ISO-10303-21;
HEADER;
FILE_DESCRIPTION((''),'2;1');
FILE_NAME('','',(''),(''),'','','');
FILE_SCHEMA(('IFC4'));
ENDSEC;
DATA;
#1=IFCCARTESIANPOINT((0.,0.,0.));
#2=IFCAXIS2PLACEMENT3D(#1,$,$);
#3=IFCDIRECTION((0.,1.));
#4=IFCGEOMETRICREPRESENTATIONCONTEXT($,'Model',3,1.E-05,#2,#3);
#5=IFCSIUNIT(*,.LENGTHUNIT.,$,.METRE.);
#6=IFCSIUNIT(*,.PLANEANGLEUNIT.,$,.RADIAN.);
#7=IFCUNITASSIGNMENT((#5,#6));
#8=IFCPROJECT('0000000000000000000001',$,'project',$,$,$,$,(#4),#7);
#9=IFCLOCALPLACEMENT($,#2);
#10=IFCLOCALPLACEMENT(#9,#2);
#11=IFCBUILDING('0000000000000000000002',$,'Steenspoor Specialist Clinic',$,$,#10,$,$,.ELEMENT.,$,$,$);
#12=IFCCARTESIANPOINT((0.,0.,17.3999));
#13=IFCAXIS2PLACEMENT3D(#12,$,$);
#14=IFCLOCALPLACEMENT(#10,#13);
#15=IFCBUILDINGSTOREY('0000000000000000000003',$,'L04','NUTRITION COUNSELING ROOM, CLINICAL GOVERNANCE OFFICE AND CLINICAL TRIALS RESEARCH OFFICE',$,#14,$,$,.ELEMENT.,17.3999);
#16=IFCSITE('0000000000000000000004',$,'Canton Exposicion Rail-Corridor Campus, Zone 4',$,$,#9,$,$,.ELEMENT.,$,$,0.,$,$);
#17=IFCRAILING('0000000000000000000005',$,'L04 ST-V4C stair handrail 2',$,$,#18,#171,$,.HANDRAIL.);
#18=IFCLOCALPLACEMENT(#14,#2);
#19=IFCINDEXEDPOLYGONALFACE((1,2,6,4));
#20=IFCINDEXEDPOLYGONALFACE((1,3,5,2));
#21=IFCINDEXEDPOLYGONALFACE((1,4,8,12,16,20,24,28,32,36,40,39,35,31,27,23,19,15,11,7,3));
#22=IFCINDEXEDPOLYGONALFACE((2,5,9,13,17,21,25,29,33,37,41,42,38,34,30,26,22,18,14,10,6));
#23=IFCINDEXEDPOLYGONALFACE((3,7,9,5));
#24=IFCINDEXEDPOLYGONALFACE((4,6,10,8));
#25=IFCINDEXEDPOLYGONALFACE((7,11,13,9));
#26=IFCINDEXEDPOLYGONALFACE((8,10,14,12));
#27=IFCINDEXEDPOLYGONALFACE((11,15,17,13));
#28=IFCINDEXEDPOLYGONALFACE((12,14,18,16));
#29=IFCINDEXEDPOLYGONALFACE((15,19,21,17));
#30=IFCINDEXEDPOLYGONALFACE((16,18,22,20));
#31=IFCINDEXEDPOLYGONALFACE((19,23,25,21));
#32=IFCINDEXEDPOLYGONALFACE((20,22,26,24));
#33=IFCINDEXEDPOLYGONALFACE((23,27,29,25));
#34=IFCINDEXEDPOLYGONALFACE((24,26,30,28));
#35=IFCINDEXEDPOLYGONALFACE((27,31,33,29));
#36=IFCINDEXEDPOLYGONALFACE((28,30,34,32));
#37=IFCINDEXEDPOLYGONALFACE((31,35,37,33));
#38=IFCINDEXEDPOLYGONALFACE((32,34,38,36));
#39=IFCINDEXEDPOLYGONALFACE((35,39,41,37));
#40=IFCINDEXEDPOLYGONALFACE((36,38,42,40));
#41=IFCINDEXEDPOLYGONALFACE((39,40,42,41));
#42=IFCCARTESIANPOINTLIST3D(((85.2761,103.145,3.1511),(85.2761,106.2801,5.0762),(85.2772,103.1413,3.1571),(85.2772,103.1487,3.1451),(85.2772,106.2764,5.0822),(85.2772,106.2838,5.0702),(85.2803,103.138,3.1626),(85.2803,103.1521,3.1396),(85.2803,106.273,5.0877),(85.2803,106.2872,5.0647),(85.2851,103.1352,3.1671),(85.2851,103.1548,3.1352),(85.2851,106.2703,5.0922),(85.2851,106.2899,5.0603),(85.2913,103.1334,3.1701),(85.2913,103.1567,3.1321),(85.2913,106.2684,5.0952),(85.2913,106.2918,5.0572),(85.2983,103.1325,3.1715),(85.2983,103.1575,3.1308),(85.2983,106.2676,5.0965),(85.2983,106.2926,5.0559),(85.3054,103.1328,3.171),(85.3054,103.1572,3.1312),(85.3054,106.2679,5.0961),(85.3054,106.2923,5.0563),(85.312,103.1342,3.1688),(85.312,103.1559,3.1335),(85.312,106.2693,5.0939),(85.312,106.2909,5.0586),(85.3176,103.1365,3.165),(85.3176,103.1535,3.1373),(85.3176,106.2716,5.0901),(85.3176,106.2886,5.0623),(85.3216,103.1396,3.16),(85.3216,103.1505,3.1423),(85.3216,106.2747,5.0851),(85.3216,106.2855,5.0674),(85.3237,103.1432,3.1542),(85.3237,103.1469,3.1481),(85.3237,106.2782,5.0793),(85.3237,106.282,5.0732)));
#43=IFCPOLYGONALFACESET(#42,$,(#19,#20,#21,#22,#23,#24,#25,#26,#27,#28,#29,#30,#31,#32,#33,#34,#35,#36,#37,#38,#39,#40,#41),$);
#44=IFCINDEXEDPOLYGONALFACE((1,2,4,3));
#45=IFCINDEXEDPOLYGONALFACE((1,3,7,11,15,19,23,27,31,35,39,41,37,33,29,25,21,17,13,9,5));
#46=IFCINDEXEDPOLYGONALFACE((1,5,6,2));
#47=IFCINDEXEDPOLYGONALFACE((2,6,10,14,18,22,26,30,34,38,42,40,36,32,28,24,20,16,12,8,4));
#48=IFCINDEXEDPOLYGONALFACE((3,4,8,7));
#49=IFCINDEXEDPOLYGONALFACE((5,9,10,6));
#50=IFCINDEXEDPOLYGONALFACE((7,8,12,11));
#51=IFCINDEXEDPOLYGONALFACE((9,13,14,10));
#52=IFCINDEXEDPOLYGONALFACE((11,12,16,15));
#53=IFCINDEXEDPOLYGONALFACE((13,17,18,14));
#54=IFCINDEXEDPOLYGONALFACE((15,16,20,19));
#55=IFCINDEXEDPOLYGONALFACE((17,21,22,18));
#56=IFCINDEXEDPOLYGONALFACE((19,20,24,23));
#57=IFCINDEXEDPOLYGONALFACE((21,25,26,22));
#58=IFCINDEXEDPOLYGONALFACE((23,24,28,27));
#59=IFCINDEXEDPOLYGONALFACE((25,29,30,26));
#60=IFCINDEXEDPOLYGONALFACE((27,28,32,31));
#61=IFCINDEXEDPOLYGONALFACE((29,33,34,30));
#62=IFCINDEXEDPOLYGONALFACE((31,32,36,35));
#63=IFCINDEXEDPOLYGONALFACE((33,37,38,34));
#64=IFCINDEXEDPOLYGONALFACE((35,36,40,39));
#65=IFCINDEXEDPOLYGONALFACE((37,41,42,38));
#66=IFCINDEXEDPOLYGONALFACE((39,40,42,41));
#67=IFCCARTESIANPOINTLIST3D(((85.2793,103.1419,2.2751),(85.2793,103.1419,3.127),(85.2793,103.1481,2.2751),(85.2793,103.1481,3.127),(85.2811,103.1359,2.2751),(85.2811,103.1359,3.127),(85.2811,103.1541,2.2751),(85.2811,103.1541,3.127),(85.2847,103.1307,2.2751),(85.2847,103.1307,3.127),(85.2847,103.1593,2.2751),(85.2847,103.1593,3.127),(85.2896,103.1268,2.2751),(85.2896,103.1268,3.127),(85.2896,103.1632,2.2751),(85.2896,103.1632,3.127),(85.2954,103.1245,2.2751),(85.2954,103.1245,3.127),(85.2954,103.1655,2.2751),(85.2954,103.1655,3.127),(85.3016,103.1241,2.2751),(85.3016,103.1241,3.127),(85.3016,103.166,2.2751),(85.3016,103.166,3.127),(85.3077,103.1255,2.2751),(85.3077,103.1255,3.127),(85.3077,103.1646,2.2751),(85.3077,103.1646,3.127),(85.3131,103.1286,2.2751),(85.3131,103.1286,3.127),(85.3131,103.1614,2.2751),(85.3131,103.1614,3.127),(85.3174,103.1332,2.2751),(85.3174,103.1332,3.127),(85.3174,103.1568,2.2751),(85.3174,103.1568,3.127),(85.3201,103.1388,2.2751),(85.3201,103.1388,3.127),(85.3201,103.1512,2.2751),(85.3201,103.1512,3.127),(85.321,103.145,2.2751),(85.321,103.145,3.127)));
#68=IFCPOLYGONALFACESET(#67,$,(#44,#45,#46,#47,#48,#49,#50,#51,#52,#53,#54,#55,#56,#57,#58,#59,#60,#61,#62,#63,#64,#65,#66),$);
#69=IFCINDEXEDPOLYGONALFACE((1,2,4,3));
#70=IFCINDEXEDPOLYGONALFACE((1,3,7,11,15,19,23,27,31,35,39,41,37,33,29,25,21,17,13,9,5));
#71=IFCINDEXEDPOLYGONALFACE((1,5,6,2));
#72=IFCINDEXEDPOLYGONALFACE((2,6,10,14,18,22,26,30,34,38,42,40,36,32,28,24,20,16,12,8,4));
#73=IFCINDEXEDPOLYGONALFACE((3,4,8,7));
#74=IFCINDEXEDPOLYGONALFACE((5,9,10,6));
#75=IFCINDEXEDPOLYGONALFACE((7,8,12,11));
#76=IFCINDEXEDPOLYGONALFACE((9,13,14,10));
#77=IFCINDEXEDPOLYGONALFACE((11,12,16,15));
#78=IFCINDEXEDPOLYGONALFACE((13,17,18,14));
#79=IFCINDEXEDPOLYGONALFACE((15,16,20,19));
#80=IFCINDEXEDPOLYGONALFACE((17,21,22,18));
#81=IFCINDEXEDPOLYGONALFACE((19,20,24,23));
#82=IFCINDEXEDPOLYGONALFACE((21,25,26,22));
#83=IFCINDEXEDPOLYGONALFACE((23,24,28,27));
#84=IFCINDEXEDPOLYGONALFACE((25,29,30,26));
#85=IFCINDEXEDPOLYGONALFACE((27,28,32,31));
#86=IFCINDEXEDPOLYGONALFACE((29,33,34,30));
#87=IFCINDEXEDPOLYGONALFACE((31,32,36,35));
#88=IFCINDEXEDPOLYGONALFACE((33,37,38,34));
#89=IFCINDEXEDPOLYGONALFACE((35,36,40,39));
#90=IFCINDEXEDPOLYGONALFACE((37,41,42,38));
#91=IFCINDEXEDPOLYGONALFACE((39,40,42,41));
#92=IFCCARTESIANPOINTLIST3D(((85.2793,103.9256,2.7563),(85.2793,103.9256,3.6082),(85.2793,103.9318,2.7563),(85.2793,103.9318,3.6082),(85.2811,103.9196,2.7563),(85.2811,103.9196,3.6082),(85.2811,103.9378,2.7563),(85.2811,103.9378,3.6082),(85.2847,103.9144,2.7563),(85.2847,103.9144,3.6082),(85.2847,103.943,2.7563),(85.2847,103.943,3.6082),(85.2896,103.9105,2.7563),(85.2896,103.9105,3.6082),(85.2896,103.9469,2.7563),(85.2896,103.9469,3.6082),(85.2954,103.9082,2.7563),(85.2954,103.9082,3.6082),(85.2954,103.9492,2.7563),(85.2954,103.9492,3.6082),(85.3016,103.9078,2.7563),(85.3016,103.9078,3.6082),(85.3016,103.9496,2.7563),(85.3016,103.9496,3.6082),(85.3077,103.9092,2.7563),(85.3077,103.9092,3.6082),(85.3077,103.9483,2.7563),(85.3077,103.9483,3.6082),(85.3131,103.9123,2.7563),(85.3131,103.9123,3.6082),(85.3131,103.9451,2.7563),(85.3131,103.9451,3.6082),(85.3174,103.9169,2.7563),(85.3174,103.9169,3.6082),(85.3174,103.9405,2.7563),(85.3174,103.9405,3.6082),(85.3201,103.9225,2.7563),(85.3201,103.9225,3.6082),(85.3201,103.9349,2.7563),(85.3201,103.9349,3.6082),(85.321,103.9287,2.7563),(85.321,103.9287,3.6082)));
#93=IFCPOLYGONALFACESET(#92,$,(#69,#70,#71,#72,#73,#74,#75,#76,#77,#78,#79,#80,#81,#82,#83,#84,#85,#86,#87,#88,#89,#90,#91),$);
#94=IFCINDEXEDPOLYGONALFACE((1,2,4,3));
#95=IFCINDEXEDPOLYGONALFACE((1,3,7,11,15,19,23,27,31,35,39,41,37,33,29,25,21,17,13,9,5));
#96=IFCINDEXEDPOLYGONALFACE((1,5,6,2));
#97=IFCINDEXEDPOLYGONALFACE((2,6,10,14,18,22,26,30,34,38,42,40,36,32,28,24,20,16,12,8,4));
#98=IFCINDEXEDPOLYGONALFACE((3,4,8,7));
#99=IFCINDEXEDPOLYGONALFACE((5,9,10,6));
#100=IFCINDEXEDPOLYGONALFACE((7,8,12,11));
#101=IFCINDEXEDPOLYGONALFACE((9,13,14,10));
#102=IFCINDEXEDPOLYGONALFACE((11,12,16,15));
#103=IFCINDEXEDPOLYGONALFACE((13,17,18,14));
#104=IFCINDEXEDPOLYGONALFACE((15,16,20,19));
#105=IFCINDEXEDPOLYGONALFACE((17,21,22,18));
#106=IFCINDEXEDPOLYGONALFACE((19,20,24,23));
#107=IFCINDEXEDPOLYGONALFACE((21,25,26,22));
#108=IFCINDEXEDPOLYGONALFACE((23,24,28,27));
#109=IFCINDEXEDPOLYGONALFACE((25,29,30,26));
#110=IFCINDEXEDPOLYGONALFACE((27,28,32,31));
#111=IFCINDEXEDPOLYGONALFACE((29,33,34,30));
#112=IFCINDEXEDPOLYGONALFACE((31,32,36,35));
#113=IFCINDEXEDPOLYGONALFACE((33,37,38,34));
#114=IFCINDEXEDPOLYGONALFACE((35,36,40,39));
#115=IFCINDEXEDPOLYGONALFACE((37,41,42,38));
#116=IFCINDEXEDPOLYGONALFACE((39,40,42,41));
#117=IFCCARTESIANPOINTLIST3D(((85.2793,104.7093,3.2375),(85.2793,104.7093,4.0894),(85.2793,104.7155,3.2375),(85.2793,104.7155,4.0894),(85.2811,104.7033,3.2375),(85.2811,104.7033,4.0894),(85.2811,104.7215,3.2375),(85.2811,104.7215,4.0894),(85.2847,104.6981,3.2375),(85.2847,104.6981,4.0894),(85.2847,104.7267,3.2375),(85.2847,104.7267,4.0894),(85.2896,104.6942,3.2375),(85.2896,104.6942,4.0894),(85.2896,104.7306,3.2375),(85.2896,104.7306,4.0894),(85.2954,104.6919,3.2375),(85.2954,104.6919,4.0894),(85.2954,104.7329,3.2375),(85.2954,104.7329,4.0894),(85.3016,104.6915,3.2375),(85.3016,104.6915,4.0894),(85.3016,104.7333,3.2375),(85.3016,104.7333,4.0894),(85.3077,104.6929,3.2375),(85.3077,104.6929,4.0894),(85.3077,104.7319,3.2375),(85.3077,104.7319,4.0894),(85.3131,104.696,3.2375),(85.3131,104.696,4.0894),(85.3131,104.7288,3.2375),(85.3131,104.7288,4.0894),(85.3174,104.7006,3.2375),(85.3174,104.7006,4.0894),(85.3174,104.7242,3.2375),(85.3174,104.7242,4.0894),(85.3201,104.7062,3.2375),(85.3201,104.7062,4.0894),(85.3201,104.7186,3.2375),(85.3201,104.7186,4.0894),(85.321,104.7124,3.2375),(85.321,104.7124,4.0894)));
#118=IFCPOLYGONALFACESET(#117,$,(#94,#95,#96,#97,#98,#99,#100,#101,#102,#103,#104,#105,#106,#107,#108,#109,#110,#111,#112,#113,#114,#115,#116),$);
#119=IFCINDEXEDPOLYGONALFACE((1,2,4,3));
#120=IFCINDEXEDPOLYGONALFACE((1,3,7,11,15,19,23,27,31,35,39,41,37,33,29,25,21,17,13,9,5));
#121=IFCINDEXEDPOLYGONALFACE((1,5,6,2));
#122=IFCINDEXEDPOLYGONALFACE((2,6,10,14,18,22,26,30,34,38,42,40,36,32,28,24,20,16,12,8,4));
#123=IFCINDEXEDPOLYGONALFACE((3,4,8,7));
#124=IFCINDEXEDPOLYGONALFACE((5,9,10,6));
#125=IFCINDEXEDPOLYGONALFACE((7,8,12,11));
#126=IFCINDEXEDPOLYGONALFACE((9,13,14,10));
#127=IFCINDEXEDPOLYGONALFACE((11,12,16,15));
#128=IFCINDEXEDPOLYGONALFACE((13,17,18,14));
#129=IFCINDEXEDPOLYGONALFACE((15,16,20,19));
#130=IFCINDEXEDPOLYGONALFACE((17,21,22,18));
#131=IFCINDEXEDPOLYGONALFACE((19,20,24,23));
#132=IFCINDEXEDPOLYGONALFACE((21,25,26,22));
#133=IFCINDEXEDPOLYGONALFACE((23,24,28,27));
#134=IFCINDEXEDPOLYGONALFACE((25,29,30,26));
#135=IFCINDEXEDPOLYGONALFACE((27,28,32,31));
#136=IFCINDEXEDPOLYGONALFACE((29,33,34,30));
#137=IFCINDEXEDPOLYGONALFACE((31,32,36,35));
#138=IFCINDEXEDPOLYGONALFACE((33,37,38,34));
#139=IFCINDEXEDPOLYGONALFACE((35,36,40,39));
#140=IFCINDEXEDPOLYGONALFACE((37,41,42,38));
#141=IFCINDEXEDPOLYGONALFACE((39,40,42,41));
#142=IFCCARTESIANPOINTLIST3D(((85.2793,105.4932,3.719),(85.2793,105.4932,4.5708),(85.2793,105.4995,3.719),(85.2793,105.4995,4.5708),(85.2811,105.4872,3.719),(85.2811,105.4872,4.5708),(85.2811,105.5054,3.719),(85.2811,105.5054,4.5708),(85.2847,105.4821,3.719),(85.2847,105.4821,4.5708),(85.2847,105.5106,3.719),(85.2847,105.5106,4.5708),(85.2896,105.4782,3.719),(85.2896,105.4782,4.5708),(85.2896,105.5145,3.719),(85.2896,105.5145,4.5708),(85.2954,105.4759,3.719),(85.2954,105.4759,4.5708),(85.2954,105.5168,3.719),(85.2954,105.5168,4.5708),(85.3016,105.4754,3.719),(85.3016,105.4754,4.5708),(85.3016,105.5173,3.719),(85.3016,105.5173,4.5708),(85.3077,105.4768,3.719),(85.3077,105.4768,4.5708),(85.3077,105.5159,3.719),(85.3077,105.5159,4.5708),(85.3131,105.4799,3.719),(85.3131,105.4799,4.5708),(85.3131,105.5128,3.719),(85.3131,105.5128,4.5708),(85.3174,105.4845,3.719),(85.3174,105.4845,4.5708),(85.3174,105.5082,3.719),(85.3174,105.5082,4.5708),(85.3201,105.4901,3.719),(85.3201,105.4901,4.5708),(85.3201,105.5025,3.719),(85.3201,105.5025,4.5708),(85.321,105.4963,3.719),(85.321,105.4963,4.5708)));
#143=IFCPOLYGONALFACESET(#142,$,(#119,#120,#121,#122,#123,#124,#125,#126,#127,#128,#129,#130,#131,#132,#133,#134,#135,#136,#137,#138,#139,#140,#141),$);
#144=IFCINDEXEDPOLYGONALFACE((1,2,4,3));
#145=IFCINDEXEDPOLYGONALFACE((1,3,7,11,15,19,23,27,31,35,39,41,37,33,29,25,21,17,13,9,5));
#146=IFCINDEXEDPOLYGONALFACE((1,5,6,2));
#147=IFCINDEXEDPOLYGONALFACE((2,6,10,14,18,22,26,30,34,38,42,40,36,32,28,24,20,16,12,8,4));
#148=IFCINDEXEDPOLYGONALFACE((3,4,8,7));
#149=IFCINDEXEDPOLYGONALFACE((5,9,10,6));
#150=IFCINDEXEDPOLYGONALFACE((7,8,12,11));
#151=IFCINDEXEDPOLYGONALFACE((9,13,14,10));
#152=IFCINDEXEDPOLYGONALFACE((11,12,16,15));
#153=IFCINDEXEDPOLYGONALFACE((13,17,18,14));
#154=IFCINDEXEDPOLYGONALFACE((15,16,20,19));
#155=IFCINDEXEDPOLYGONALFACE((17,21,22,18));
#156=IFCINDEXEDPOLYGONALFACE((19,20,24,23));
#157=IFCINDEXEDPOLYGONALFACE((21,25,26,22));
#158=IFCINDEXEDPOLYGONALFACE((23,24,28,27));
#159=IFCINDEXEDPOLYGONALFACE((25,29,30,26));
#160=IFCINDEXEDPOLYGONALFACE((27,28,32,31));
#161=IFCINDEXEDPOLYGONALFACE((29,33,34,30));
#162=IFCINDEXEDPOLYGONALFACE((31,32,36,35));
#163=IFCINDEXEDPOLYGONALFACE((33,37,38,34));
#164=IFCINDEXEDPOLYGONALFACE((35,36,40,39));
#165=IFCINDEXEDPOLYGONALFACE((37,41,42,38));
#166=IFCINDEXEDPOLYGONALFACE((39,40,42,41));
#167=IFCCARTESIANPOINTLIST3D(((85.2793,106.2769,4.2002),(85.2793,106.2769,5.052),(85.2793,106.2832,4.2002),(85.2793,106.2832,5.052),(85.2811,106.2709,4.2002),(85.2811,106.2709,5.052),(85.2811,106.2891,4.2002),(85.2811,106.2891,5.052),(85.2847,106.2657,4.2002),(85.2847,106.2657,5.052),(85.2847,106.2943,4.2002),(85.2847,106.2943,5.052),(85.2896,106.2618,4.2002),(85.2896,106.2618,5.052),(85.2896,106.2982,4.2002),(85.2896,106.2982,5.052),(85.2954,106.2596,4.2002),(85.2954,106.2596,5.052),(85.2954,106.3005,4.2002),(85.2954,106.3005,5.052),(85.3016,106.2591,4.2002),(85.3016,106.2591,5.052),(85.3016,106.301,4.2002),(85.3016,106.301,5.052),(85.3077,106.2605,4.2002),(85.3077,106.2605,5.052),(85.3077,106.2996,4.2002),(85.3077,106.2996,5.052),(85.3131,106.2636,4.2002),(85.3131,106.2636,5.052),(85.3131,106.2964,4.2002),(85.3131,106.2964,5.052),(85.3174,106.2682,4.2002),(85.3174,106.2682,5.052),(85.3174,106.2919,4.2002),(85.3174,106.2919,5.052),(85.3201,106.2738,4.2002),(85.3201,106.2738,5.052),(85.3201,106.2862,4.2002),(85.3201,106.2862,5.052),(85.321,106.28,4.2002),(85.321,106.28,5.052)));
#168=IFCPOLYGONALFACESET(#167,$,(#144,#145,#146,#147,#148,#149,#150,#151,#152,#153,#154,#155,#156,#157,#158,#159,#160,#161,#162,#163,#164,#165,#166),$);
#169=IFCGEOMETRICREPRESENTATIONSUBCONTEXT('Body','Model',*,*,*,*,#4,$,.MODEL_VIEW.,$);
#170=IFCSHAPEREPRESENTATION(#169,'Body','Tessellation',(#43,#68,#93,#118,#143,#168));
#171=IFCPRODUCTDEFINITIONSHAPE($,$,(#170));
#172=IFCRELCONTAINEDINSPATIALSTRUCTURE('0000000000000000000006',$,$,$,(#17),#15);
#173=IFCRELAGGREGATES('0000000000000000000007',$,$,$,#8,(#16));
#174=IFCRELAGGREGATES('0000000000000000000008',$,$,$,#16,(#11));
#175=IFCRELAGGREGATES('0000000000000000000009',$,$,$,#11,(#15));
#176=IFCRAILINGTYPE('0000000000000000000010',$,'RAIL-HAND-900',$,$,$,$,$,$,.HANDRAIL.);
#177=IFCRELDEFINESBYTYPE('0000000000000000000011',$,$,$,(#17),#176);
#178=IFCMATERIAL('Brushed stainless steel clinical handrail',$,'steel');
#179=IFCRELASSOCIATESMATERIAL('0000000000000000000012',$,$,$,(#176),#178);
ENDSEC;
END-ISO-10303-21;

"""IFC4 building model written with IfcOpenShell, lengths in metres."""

from ifc_helpers import new_model, si_unit, direction, frame, origin, origin_2d, place, context, subcontext, project, spatial, circle, extrude, material, type_object, element, save


model = new_model("IFC4")

# Units and contexts
model_context = context("Model", 3, precision=1e-05, world=origin(), true_north=direction((0.0, 1.0)))
body_context = subcontext(model_context, "Body", "Model", "MODEL_VIEW")
ifc_project = project(units=[si_unit("LENGTHUNIT", "METRE"), si_unit("PLANEANGLEUNIT", "RADIAN")], contexts=[model_context])

# Site, building, storey
site_placement = place(None, origin())
site = spatial("IfcSite", under=ifc_project, at=site_placement, Name="Canton Exposicion Rail-Corridor Campus, Zone 4", CompositionType="ELEMENT", RefElevation=0.0)
building_placement = place(site_placement, origin())
building = spatial("IfcBuilding", under=site, at=building_placement, Name="Steenspoor Specialist Clinic", CompositionType="ELEMENT")
storey_placement = place(building_placement, frame((0.0, 0.0, 17.3999)))
storey = spatial("IfcBuildingStorey", under=building, at=storey_placement, Name="L04", Description="NUTRITION COUNSELING ROOM, CLINICAL GOVERNANCE OFFICE AND CLINICAL TRIALS RESEARCH OFFICE", CompositionType="ELEMENT", Elevation=17.3999)

# Railing
ifc_material_1 = material(Name="Brushed stainless steel clinical handrail", Category="steel")
railing_type_1 = type_object("IfcRailingType", Name="RAIL-HAND-900", PredefinedType="HANDRAIL", material=ifc_material_1)
railing_1_placement = place(storey_placement, frame((85.3, 103.145, 2.2751)))
element("IfcRailing", 1, at=railing_1_placement, inside=storey, type_object=railing_type_1, Name="L04 ST-V4C stair handrail 2", PredefinedType="HANDRAIL", context=body_context, shape_type="SweptSolid", body=[
    extrude(circle(Radius=0.0239, at=origin_2d()), frame((0.0, 0.0, 0.876), z_axis=(0.0, 0.852166, 0.523271), x_axis=(-1.0, 0.0, 0.0)), (0.0, 0.0, 1.0), 3.679),
    extrude(circle(Radius=0.021, at=origin_2d()), origin(), (0.0, 0.0, 1.0), 0.8518),
    extrude(circle(Radius=0.021, at=origin_2d()), frame((0.0, 0.7837, 0.4812)), (0.0, 0.0, 1.0), 0.8518),
    extrude(circle(Radius=0.021, at=origin_2d()), frame((0.0, 1.5674, 0.9624)), (0.0, 0.0, 1.0), 0.8518),
    extrude(circle(Radius=0.021, at=origin_2d()), frame((0.0, 2.3513, 1.4438)), (0.0, 0.0, 1.0), 0.8518),
    extrude(circle(Radius=0.021, at=origin_2d()), frame((0.0, 3.135, 1.925)), (0.0, 0.0, 1.0), 0.8518),
])

save(model, "model.ifc")
